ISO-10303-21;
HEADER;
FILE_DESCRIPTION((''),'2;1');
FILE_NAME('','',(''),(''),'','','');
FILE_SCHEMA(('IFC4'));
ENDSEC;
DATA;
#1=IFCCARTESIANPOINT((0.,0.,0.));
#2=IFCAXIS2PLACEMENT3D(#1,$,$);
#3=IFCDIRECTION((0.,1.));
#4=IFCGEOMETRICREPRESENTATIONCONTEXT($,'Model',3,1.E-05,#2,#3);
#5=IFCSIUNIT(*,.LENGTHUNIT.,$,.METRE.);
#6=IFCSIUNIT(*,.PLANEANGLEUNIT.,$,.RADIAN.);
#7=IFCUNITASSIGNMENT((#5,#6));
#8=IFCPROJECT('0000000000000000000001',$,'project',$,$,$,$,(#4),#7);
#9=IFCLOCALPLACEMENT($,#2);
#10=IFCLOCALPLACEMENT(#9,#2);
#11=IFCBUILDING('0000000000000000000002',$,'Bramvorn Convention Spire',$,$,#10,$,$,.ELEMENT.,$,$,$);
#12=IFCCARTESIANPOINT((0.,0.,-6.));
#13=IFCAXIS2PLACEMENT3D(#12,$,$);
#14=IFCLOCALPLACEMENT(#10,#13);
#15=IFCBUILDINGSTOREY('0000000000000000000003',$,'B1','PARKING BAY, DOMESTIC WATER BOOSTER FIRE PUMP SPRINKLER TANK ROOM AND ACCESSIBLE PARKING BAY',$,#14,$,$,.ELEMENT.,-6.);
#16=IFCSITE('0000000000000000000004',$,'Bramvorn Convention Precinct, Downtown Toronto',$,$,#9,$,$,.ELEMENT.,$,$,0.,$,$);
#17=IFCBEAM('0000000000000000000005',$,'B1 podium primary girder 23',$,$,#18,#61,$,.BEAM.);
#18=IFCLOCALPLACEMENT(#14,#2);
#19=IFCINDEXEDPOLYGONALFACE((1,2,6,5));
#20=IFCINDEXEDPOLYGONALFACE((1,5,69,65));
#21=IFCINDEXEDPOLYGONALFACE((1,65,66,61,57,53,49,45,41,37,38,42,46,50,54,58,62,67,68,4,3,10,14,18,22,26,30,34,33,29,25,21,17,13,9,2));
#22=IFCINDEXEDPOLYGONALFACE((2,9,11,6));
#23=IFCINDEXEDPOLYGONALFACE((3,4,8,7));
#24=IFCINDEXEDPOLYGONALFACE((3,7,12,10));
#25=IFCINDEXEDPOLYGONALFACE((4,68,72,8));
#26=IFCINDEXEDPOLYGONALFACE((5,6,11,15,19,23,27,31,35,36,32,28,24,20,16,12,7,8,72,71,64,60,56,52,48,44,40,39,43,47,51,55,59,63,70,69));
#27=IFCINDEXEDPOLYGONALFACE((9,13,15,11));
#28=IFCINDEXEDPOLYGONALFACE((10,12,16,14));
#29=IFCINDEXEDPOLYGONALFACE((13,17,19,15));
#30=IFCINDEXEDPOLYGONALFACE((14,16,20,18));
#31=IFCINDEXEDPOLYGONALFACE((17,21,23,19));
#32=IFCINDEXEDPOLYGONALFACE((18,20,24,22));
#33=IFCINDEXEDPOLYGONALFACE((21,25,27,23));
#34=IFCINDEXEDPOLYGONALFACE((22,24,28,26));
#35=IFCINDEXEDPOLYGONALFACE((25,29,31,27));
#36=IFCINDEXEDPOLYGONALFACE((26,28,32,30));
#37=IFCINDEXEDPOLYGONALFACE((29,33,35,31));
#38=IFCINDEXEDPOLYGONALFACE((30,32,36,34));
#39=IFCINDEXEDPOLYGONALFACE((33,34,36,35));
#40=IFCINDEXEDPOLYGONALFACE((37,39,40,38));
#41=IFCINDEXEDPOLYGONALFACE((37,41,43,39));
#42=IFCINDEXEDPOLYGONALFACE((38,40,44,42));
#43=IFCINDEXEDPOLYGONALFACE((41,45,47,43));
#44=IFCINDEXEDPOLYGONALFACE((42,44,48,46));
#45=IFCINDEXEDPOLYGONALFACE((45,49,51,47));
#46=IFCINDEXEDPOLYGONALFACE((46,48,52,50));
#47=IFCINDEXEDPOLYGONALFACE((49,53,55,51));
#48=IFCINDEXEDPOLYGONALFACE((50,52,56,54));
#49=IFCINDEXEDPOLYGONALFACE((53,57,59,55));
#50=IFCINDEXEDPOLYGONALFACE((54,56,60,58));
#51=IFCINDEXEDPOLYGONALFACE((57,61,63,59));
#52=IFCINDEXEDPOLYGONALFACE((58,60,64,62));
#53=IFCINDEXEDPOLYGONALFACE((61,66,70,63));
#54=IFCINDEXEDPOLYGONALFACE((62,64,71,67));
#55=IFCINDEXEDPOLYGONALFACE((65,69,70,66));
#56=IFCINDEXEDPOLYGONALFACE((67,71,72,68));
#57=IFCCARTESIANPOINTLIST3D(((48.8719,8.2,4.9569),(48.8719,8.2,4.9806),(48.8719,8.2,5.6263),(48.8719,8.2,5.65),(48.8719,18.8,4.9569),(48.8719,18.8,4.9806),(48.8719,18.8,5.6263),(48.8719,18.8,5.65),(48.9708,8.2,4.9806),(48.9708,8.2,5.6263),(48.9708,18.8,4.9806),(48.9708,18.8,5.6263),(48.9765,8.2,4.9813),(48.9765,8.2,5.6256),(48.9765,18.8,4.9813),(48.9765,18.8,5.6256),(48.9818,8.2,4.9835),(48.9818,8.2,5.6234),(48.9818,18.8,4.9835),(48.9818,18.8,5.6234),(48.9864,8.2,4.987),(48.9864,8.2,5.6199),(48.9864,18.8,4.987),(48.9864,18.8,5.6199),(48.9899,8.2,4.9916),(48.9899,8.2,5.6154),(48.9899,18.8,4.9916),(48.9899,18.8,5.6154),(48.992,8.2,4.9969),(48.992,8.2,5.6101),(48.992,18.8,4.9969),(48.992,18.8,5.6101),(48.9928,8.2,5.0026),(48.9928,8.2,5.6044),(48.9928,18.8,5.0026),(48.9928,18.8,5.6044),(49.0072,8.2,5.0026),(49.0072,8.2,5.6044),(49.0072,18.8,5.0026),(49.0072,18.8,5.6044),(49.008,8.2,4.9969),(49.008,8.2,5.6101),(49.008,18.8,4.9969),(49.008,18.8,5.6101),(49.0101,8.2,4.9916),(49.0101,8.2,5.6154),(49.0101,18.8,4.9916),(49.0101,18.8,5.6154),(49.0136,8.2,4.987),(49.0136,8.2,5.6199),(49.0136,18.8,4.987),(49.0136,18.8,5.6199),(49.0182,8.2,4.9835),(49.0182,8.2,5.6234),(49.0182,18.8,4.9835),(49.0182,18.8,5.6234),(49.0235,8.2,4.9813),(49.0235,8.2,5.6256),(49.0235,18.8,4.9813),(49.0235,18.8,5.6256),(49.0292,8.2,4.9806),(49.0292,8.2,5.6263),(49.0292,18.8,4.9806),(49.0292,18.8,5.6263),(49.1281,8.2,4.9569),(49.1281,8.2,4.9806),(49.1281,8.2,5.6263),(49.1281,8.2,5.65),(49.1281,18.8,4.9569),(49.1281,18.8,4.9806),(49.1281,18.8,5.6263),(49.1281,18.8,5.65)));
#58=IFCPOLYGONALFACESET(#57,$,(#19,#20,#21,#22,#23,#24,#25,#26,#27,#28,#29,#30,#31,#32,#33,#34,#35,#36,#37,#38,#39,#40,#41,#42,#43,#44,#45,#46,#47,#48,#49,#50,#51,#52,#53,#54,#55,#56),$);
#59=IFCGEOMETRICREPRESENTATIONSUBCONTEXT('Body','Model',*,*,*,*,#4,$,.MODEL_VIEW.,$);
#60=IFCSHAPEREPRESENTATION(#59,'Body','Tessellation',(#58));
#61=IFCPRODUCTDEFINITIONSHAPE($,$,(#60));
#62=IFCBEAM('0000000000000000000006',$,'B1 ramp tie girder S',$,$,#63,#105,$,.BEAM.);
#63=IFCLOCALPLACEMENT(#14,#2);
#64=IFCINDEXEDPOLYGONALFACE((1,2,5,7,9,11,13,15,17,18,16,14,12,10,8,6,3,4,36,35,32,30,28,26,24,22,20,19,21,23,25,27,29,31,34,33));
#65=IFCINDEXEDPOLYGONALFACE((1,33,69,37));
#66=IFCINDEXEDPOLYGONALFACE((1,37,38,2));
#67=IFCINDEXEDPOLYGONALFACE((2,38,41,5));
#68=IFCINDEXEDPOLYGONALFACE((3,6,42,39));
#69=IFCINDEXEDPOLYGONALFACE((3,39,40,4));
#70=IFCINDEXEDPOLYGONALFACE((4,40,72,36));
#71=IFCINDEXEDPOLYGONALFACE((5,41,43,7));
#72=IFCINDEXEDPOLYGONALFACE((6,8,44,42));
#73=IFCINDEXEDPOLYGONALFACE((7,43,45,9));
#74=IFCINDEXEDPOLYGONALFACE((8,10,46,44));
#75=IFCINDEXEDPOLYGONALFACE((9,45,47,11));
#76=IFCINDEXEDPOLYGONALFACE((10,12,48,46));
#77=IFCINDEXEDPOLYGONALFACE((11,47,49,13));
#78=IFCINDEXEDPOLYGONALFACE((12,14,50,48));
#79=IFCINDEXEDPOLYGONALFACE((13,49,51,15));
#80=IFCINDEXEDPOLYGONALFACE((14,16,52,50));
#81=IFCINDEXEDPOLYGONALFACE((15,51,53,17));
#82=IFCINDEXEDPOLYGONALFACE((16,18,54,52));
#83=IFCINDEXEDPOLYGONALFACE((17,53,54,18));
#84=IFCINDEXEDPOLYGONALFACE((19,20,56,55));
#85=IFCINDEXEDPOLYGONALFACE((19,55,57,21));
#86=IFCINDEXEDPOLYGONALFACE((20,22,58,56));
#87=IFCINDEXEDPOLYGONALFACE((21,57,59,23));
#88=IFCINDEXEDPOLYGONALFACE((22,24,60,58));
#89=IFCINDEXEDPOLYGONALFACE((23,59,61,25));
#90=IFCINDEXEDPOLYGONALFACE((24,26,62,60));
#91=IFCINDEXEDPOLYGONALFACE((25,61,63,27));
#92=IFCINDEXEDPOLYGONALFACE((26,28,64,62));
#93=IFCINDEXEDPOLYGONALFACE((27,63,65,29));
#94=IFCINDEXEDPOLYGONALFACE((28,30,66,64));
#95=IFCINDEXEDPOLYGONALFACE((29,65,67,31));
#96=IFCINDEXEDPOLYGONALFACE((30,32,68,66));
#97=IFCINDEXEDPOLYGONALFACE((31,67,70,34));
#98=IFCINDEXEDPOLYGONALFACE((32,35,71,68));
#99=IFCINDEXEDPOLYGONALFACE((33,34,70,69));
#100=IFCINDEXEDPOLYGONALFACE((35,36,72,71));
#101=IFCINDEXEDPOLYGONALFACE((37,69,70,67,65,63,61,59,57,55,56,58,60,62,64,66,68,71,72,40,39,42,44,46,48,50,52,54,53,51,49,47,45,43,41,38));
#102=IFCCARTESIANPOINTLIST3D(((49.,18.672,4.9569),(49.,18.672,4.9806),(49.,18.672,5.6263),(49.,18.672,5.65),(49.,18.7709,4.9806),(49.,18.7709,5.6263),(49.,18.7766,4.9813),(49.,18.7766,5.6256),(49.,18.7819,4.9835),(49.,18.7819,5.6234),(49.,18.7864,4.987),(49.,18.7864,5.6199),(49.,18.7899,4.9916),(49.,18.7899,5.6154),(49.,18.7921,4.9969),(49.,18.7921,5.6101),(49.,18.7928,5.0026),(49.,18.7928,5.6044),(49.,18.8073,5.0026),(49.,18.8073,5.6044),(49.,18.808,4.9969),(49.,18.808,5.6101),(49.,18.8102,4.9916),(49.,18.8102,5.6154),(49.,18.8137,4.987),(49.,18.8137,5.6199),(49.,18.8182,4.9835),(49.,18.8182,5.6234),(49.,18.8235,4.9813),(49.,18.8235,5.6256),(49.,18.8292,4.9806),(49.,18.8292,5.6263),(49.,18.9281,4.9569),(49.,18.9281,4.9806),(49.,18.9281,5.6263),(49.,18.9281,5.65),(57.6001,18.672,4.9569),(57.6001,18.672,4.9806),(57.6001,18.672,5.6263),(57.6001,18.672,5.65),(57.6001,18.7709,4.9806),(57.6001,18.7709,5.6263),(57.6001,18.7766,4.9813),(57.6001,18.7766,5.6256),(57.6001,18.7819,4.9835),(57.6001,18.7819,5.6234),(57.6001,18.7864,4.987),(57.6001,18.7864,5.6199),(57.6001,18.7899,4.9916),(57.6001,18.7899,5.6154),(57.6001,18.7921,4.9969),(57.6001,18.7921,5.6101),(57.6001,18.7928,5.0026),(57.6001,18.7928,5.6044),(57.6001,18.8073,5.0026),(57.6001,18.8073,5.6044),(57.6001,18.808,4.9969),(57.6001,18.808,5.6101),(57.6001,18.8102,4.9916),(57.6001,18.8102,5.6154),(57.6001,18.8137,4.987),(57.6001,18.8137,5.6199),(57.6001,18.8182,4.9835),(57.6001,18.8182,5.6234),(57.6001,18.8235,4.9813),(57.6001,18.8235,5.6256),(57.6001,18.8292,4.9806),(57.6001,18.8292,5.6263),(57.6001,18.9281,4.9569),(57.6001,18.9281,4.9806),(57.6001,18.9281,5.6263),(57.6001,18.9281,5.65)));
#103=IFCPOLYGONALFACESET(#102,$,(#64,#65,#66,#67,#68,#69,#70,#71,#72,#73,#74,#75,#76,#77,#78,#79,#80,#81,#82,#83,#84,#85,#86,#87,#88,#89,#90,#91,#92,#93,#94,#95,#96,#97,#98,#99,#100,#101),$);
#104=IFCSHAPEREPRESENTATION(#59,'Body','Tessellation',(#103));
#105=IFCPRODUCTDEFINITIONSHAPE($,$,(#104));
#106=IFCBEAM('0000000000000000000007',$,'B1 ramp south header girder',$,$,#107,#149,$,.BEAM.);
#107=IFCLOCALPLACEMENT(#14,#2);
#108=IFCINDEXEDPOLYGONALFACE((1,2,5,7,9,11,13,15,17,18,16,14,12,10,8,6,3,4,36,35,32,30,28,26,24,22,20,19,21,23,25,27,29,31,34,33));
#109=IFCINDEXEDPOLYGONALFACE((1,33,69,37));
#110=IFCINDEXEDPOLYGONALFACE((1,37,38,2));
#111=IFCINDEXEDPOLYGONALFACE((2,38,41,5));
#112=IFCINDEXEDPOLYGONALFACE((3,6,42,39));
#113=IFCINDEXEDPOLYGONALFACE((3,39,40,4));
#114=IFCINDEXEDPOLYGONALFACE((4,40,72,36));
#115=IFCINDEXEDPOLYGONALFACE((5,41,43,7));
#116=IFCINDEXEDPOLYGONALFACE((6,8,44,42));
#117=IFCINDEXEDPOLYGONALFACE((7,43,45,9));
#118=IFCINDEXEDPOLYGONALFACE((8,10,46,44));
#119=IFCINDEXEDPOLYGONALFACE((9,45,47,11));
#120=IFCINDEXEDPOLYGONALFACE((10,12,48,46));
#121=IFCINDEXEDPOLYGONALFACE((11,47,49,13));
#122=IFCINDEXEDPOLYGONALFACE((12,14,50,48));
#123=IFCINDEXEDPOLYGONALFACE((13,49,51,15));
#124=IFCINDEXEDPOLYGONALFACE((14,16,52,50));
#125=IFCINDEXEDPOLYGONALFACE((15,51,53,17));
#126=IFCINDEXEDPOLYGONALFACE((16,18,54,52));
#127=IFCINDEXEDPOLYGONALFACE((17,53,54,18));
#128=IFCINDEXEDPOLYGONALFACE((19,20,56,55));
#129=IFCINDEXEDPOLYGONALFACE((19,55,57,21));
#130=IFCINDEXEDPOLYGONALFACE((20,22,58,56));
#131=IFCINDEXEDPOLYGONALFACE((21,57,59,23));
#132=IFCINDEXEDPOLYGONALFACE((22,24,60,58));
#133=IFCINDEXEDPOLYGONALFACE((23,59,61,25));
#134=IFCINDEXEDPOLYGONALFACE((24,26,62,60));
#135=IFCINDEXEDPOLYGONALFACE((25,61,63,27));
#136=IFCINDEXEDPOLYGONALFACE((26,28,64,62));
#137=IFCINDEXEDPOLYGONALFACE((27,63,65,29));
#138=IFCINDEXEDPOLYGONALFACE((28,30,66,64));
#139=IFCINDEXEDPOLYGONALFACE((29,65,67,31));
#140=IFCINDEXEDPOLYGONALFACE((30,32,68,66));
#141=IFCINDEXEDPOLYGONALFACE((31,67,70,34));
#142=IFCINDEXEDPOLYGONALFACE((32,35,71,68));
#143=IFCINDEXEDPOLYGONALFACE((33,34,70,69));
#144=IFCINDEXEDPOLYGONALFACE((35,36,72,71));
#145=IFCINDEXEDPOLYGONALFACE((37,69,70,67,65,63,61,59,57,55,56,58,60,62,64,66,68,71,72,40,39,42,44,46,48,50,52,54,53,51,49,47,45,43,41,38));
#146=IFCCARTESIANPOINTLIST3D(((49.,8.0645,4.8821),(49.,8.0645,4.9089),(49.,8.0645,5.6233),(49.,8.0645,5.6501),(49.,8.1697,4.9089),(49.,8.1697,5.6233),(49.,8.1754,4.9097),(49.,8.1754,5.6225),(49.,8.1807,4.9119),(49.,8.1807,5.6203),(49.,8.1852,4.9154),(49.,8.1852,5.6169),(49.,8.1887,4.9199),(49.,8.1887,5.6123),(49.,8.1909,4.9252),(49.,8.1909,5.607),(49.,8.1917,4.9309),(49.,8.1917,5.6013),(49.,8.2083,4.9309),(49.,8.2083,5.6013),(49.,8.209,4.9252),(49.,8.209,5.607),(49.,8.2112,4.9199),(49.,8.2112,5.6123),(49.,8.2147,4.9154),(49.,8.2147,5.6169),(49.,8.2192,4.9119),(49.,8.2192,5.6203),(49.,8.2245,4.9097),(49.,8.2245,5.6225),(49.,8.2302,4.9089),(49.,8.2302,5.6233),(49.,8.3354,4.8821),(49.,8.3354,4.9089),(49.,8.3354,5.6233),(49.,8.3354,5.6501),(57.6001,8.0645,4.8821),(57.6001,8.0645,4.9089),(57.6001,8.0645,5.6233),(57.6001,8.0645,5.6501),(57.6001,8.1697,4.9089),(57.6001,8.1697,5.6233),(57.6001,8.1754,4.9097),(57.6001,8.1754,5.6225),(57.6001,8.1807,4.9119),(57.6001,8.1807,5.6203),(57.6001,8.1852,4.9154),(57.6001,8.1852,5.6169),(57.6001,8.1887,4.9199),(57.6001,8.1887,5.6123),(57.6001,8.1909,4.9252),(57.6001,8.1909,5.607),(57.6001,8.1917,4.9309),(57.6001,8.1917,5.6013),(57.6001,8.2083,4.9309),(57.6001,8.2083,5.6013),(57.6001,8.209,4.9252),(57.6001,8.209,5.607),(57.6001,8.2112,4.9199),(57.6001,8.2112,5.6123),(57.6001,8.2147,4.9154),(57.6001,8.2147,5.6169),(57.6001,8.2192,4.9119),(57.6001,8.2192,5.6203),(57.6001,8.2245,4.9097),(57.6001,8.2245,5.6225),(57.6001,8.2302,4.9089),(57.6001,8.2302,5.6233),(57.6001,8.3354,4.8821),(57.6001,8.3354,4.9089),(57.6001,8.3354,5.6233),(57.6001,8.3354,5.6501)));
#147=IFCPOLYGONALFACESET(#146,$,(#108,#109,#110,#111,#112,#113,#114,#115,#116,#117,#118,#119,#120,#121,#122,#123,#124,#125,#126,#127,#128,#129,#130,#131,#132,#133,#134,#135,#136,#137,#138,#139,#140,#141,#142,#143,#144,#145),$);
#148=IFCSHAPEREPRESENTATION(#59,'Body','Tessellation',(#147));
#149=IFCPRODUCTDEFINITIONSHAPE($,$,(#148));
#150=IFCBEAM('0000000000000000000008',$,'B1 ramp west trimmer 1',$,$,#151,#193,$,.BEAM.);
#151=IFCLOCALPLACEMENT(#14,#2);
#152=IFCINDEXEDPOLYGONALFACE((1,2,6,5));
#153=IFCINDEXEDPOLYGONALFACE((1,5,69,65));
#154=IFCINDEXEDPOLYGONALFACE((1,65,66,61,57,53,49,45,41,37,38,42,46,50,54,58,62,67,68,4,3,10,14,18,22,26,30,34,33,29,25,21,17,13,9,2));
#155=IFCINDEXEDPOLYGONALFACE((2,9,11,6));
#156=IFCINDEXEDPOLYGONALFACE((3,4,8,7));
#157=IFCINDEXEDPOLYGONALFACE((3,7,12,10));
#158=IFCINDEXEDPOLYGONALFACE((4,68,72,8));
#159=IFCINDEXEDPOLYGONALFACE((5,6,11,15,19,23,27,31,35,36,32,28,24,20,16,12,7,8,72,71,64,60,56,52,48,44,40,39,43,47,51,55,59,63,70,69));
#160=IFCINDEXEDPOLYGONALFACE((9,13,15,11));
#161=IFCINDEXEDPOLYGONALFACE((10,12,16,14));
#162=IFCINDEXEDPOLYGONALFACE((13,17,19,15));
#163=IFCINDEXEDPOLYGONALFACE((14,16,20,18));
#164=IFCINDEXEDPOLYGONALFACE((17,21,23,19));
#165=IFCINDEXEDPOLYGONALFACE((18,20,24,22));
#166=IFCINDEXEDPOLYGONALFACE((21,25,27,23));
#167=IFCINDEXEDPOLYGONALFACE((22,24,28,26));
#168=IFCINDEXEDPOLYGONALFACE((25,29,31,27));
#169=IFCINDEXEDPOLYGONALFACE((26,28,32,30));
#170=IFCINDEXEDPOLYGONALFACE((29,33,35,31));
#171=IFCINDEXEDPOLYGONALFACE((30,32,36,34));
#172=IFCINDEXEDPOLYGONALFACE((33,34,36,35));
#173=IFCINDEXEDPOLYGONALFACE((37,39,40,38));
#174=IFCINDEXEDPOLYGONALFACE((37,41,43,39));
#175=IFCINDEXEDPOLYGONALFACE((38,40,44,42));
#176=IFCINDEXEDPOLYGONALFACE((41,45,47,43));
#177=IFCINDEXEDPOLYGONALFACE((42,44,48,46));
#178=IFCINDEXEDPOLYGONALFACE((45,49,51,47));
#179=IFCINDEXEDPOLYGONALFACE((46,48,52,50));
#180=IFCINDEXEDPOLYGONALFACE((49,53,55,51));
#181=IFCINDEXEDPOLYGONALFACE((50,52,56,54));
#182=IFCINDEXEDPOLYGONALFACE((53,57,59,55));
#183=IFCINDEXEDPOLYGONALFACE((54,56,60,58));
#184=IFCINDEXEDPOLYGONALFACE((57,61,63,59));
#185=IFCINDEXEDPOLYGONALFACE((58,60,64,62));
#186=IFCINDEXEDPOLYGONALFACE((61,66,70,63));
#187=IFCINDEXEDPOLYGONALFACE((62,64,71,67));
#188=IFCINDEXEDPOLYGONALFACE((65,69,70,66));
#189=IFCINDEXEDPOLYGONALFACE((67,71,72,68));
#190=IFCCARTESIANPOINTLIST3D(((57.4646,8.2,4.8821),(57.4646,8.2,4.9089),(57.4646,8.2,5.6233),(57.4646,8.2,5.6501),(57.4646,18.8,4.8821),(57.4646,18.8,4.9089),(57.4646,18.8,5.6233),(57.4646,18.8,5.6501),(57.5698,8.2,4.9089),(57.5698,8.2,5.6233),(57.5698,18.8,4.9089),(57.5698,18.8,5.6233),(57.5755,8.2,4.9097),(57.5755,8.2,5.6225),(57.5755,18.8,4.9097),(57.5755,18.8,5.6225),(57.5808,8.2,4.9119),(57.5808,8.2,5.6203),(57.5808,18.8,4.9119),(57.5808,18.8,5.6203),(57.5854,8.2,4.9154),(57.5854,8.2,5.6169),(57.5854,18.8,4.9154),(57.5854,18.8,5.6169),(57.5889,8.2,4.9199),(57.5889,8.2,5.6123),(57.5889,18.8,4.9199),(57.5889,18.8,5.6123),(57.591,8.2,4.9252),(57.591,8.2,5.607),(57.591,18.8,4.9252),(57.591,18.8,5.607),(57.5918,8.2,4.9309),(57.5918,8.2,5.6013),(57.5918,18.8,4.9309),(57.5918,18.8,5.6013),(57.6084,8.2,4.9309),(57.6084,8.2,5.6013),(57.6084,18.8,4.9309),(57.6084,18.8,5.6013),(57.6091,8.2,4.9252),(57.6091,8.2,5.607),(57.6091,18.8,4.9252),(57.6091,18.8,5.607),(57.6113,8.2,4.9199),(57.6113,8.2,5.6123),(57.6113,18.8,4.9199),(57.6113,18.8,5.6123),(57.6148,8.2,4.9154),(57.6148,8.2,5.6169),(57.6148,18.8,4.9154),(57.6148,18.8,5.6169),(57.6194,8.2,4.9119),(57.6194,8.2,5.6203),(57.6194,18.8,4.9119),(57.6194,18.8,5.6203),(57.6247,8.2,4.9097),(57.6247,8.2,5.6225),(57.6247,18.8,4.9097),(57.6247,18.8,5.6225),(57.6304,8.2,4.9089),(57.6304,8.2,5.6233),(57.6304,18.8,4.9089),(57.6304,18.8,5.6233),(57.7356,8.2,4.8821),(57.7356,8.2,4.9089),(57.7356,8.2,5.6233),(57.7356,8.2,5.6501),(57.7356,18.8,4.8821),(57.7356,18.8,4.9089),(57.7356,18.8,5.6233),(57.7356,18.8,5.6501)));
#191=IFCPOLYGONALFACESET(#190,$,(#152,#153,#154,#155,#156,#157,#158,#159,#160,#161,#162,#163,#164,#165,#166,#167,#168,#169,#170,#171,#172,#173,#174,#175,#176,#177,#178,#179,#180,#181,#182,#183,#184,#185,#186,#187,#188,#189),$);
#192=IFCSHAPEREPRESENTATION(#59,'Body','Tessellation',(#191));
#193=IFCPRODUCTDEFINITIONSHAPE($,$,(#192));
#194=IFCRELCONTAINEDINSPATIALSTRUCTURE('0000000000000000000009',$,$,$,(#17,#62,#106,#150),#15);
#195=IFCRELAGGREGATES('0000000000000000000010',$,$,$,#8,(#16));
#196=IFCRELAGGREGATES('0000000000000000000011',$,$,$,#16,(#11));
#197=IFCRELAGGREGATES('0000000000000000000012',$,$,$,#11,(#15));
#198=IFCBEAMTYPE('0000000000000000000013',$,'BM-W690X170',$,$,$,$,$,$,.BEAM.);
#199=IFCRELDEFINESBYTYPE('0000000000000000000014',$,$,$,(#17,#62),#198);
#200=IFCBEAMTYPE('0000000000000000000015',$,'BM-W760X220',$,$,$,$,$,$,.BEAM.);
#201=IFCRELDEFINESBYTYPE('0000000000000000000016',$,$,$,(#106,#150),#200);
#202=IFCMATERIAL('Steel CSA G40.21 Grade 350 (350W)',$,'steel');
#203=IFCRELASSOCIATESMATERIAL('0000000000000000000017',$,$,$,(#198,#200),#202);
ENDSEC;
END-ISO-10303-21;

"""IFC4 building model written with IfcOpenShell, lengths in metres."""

from ifc_helpers import new_model, si_unit, direction, frame, origin, origin_2d, place, context, subcontext, project, spatial, i_section, extrude, material, material_profile, profile_set, type_object, element, save


model = new_model("IFC4")

# Units and contexts
model_context = context("Model", 3, precision=1e-05, world=origin(), true_north=direction((0.0, 1.0)))
body_context = subcontext(model_context, "Body", "Model", "MODEL_VIEW")
ifc_project = project(units=[si_unit("LENGTHUNIT", "METRE"), si_unit("PLANEANGLEUNIT", "RADIAN")], contexts=[model_context])

# Site, building, storey
site_placement = place(None, origin())
site = spatial("IfcSite", under=ifc_project, at=site_placement, Name="Bramvorn Convention Precinct, Downtown Toronto", CompositionType="ELEMENT", RefElevation=0.0)
building_placement = place(site_placement, origin())
building = spatial("IfcBuilding", under=site, at=building_placement, Name="Bramvorn Convention Spire", CompositionType="ELEMENT")
storey_placement = place(building_placement, frame((0.0, 0.0, -6.0)))
storey = spatial("IfcBuildingStorey", under=building, at=storey_placement, Name="B1", Description="PARKING BAY, DOMESTIC WATER BOOSTER FIRE PUMP SPRINKLER TANK ROOM AND ACCESSIBLE PARKING BAY", CompositionType="ELEMENT", Elevation=-6.0)

# Shared definitions
ifc_material_1 = material(Name="Steel CSA G40.21 Grade 350 (350W)", Category="steel")

# Beams
ifc_material_profile_1 = material_profile(ifc_material_1, i_section(OverallWidth=0.2561, OverallDepth=0.6931, WebThickness=0.0144, FlangeThickness=0.0237, FilletRadius=0.022, at=origin_2d()))
ifc_profile_set_1 = profile_set([ifc_material_profile_1], Name="Steel CSA G40.21 Grade 350 (350W) - W690X170")
beam_type_1 = type_object("IfcBeamType", Name="BM-W690X170", PredefinedType="BEAM", material=ifc_profile_set_1)
beam_1_placement = place(storey_placement, frame((49.0, 8.2, 5.3035), z_axis=(0.0, 1.0, 0.0), x_axis=(-1.0, 0.0, 0.0)))
element("IfcBeam", 1, at=beam_1_placement, inside=storey, type_object=beam_type_1, Name="B1 podium primary girder 23", PredefinedType="BEAM", context=body_context, shape_type="SweptSolid", body=[
    extrude(i_section(OverallWidth=0.2561, OverallDepth=0.6931, WebThickness=0.0144, FlangeThickness=0.0237, FilletRadius=0.022, at=origin_2d()), origin(), (0.0, 0.0, 1.0), 10.6001),
])
beam_2_placement = place(storey_placement, frame((49.0, 18.8, 5.3035), z_axis=(1.0, 0.0, 0.0), x_axis=(0.0, 1.0, 0.0)))
element("IfcBeam", 2, at=beam_2_placement, inside=storey, type_object=beam_type_1, Name="B1 ramp tie girder S", PredefinedType="BEAM", context=body_context, shape_type="SweptSolid", body=[
    extrude(i_section(OverallWidth=0.2561, OverallDepth=0.6931, WebThickness=0.0144, FlangeThickness=0.0237, FilletRadius=0.022, at=origin_2d()), origin(), (0.0, 0.0, 1.0), 8.6001),
])
ifc_material_profile_2 = material_profile(ifc_material_1, i_section(OverallWidth=0.271, OverallDepth=0.7681, WebThickness=0.0166, FlangeThickness=0.0269, FilletRadius=0.022, at=origin_2d()))
ifc_profile_set_2 = profile_set([ifc_material_profile_2], Name="Steel CSA G40.21 Grade 350 (350W) - W760X220")
beam_type_2 = type_object("IfcBeamType", Name="BM-W760X220", PredefinedType="BEAM", material=ifc_profile_set_2)
beam_3_placement = place(storey_placement, frame((49.0, 8.2, 5.2661), z_axis=(1.0, 0.0, 0.0), x_axis=(0.0, 1.0, 0.0)))
element("IfcBeam", 3, at=beam_3_placement, inside=storey, type_object=beam_type_2, Name="B1 ramp south header girder", PredefinedType="BEAM", context=body_context, shape_type="SweptSolid", body=[
    extrude(i_section(OverallWidth=0.271, OverallDepth=0.7681, WebThickness=0.0166, FlangeThickness=0.0269, FilletRadius=0.022, at=origin_2d()), origin(), (0.0, 0.0, 1.0), 8.6001),
])
beam_4_placement = place(storey_placement, frame((57.6001, 8.2, 5.2661), z_axis=(0.0, 1.0, 0.0), x_axis=(-1.0, 0.0, 0.0)))
element("IfcBeam", 4, at=beam_4_placement, inside=storey, type_object=beam_type_2, Name="B1 ramp west trimmer 1", PredefinedType="BEAM", context=body_context, shape_type="SweptSolid", body=[
    extrude(i_section(OverallWidth=0.271, OverallDepth=0.7681, WebThickness=0.0166, FlangeThickness=0.0269, FilletRadius=0.022, at=origin_2d()), origin(), (0.0, 0.0, 1.0), 10.6001),
])

save(model, "model.ifc")
